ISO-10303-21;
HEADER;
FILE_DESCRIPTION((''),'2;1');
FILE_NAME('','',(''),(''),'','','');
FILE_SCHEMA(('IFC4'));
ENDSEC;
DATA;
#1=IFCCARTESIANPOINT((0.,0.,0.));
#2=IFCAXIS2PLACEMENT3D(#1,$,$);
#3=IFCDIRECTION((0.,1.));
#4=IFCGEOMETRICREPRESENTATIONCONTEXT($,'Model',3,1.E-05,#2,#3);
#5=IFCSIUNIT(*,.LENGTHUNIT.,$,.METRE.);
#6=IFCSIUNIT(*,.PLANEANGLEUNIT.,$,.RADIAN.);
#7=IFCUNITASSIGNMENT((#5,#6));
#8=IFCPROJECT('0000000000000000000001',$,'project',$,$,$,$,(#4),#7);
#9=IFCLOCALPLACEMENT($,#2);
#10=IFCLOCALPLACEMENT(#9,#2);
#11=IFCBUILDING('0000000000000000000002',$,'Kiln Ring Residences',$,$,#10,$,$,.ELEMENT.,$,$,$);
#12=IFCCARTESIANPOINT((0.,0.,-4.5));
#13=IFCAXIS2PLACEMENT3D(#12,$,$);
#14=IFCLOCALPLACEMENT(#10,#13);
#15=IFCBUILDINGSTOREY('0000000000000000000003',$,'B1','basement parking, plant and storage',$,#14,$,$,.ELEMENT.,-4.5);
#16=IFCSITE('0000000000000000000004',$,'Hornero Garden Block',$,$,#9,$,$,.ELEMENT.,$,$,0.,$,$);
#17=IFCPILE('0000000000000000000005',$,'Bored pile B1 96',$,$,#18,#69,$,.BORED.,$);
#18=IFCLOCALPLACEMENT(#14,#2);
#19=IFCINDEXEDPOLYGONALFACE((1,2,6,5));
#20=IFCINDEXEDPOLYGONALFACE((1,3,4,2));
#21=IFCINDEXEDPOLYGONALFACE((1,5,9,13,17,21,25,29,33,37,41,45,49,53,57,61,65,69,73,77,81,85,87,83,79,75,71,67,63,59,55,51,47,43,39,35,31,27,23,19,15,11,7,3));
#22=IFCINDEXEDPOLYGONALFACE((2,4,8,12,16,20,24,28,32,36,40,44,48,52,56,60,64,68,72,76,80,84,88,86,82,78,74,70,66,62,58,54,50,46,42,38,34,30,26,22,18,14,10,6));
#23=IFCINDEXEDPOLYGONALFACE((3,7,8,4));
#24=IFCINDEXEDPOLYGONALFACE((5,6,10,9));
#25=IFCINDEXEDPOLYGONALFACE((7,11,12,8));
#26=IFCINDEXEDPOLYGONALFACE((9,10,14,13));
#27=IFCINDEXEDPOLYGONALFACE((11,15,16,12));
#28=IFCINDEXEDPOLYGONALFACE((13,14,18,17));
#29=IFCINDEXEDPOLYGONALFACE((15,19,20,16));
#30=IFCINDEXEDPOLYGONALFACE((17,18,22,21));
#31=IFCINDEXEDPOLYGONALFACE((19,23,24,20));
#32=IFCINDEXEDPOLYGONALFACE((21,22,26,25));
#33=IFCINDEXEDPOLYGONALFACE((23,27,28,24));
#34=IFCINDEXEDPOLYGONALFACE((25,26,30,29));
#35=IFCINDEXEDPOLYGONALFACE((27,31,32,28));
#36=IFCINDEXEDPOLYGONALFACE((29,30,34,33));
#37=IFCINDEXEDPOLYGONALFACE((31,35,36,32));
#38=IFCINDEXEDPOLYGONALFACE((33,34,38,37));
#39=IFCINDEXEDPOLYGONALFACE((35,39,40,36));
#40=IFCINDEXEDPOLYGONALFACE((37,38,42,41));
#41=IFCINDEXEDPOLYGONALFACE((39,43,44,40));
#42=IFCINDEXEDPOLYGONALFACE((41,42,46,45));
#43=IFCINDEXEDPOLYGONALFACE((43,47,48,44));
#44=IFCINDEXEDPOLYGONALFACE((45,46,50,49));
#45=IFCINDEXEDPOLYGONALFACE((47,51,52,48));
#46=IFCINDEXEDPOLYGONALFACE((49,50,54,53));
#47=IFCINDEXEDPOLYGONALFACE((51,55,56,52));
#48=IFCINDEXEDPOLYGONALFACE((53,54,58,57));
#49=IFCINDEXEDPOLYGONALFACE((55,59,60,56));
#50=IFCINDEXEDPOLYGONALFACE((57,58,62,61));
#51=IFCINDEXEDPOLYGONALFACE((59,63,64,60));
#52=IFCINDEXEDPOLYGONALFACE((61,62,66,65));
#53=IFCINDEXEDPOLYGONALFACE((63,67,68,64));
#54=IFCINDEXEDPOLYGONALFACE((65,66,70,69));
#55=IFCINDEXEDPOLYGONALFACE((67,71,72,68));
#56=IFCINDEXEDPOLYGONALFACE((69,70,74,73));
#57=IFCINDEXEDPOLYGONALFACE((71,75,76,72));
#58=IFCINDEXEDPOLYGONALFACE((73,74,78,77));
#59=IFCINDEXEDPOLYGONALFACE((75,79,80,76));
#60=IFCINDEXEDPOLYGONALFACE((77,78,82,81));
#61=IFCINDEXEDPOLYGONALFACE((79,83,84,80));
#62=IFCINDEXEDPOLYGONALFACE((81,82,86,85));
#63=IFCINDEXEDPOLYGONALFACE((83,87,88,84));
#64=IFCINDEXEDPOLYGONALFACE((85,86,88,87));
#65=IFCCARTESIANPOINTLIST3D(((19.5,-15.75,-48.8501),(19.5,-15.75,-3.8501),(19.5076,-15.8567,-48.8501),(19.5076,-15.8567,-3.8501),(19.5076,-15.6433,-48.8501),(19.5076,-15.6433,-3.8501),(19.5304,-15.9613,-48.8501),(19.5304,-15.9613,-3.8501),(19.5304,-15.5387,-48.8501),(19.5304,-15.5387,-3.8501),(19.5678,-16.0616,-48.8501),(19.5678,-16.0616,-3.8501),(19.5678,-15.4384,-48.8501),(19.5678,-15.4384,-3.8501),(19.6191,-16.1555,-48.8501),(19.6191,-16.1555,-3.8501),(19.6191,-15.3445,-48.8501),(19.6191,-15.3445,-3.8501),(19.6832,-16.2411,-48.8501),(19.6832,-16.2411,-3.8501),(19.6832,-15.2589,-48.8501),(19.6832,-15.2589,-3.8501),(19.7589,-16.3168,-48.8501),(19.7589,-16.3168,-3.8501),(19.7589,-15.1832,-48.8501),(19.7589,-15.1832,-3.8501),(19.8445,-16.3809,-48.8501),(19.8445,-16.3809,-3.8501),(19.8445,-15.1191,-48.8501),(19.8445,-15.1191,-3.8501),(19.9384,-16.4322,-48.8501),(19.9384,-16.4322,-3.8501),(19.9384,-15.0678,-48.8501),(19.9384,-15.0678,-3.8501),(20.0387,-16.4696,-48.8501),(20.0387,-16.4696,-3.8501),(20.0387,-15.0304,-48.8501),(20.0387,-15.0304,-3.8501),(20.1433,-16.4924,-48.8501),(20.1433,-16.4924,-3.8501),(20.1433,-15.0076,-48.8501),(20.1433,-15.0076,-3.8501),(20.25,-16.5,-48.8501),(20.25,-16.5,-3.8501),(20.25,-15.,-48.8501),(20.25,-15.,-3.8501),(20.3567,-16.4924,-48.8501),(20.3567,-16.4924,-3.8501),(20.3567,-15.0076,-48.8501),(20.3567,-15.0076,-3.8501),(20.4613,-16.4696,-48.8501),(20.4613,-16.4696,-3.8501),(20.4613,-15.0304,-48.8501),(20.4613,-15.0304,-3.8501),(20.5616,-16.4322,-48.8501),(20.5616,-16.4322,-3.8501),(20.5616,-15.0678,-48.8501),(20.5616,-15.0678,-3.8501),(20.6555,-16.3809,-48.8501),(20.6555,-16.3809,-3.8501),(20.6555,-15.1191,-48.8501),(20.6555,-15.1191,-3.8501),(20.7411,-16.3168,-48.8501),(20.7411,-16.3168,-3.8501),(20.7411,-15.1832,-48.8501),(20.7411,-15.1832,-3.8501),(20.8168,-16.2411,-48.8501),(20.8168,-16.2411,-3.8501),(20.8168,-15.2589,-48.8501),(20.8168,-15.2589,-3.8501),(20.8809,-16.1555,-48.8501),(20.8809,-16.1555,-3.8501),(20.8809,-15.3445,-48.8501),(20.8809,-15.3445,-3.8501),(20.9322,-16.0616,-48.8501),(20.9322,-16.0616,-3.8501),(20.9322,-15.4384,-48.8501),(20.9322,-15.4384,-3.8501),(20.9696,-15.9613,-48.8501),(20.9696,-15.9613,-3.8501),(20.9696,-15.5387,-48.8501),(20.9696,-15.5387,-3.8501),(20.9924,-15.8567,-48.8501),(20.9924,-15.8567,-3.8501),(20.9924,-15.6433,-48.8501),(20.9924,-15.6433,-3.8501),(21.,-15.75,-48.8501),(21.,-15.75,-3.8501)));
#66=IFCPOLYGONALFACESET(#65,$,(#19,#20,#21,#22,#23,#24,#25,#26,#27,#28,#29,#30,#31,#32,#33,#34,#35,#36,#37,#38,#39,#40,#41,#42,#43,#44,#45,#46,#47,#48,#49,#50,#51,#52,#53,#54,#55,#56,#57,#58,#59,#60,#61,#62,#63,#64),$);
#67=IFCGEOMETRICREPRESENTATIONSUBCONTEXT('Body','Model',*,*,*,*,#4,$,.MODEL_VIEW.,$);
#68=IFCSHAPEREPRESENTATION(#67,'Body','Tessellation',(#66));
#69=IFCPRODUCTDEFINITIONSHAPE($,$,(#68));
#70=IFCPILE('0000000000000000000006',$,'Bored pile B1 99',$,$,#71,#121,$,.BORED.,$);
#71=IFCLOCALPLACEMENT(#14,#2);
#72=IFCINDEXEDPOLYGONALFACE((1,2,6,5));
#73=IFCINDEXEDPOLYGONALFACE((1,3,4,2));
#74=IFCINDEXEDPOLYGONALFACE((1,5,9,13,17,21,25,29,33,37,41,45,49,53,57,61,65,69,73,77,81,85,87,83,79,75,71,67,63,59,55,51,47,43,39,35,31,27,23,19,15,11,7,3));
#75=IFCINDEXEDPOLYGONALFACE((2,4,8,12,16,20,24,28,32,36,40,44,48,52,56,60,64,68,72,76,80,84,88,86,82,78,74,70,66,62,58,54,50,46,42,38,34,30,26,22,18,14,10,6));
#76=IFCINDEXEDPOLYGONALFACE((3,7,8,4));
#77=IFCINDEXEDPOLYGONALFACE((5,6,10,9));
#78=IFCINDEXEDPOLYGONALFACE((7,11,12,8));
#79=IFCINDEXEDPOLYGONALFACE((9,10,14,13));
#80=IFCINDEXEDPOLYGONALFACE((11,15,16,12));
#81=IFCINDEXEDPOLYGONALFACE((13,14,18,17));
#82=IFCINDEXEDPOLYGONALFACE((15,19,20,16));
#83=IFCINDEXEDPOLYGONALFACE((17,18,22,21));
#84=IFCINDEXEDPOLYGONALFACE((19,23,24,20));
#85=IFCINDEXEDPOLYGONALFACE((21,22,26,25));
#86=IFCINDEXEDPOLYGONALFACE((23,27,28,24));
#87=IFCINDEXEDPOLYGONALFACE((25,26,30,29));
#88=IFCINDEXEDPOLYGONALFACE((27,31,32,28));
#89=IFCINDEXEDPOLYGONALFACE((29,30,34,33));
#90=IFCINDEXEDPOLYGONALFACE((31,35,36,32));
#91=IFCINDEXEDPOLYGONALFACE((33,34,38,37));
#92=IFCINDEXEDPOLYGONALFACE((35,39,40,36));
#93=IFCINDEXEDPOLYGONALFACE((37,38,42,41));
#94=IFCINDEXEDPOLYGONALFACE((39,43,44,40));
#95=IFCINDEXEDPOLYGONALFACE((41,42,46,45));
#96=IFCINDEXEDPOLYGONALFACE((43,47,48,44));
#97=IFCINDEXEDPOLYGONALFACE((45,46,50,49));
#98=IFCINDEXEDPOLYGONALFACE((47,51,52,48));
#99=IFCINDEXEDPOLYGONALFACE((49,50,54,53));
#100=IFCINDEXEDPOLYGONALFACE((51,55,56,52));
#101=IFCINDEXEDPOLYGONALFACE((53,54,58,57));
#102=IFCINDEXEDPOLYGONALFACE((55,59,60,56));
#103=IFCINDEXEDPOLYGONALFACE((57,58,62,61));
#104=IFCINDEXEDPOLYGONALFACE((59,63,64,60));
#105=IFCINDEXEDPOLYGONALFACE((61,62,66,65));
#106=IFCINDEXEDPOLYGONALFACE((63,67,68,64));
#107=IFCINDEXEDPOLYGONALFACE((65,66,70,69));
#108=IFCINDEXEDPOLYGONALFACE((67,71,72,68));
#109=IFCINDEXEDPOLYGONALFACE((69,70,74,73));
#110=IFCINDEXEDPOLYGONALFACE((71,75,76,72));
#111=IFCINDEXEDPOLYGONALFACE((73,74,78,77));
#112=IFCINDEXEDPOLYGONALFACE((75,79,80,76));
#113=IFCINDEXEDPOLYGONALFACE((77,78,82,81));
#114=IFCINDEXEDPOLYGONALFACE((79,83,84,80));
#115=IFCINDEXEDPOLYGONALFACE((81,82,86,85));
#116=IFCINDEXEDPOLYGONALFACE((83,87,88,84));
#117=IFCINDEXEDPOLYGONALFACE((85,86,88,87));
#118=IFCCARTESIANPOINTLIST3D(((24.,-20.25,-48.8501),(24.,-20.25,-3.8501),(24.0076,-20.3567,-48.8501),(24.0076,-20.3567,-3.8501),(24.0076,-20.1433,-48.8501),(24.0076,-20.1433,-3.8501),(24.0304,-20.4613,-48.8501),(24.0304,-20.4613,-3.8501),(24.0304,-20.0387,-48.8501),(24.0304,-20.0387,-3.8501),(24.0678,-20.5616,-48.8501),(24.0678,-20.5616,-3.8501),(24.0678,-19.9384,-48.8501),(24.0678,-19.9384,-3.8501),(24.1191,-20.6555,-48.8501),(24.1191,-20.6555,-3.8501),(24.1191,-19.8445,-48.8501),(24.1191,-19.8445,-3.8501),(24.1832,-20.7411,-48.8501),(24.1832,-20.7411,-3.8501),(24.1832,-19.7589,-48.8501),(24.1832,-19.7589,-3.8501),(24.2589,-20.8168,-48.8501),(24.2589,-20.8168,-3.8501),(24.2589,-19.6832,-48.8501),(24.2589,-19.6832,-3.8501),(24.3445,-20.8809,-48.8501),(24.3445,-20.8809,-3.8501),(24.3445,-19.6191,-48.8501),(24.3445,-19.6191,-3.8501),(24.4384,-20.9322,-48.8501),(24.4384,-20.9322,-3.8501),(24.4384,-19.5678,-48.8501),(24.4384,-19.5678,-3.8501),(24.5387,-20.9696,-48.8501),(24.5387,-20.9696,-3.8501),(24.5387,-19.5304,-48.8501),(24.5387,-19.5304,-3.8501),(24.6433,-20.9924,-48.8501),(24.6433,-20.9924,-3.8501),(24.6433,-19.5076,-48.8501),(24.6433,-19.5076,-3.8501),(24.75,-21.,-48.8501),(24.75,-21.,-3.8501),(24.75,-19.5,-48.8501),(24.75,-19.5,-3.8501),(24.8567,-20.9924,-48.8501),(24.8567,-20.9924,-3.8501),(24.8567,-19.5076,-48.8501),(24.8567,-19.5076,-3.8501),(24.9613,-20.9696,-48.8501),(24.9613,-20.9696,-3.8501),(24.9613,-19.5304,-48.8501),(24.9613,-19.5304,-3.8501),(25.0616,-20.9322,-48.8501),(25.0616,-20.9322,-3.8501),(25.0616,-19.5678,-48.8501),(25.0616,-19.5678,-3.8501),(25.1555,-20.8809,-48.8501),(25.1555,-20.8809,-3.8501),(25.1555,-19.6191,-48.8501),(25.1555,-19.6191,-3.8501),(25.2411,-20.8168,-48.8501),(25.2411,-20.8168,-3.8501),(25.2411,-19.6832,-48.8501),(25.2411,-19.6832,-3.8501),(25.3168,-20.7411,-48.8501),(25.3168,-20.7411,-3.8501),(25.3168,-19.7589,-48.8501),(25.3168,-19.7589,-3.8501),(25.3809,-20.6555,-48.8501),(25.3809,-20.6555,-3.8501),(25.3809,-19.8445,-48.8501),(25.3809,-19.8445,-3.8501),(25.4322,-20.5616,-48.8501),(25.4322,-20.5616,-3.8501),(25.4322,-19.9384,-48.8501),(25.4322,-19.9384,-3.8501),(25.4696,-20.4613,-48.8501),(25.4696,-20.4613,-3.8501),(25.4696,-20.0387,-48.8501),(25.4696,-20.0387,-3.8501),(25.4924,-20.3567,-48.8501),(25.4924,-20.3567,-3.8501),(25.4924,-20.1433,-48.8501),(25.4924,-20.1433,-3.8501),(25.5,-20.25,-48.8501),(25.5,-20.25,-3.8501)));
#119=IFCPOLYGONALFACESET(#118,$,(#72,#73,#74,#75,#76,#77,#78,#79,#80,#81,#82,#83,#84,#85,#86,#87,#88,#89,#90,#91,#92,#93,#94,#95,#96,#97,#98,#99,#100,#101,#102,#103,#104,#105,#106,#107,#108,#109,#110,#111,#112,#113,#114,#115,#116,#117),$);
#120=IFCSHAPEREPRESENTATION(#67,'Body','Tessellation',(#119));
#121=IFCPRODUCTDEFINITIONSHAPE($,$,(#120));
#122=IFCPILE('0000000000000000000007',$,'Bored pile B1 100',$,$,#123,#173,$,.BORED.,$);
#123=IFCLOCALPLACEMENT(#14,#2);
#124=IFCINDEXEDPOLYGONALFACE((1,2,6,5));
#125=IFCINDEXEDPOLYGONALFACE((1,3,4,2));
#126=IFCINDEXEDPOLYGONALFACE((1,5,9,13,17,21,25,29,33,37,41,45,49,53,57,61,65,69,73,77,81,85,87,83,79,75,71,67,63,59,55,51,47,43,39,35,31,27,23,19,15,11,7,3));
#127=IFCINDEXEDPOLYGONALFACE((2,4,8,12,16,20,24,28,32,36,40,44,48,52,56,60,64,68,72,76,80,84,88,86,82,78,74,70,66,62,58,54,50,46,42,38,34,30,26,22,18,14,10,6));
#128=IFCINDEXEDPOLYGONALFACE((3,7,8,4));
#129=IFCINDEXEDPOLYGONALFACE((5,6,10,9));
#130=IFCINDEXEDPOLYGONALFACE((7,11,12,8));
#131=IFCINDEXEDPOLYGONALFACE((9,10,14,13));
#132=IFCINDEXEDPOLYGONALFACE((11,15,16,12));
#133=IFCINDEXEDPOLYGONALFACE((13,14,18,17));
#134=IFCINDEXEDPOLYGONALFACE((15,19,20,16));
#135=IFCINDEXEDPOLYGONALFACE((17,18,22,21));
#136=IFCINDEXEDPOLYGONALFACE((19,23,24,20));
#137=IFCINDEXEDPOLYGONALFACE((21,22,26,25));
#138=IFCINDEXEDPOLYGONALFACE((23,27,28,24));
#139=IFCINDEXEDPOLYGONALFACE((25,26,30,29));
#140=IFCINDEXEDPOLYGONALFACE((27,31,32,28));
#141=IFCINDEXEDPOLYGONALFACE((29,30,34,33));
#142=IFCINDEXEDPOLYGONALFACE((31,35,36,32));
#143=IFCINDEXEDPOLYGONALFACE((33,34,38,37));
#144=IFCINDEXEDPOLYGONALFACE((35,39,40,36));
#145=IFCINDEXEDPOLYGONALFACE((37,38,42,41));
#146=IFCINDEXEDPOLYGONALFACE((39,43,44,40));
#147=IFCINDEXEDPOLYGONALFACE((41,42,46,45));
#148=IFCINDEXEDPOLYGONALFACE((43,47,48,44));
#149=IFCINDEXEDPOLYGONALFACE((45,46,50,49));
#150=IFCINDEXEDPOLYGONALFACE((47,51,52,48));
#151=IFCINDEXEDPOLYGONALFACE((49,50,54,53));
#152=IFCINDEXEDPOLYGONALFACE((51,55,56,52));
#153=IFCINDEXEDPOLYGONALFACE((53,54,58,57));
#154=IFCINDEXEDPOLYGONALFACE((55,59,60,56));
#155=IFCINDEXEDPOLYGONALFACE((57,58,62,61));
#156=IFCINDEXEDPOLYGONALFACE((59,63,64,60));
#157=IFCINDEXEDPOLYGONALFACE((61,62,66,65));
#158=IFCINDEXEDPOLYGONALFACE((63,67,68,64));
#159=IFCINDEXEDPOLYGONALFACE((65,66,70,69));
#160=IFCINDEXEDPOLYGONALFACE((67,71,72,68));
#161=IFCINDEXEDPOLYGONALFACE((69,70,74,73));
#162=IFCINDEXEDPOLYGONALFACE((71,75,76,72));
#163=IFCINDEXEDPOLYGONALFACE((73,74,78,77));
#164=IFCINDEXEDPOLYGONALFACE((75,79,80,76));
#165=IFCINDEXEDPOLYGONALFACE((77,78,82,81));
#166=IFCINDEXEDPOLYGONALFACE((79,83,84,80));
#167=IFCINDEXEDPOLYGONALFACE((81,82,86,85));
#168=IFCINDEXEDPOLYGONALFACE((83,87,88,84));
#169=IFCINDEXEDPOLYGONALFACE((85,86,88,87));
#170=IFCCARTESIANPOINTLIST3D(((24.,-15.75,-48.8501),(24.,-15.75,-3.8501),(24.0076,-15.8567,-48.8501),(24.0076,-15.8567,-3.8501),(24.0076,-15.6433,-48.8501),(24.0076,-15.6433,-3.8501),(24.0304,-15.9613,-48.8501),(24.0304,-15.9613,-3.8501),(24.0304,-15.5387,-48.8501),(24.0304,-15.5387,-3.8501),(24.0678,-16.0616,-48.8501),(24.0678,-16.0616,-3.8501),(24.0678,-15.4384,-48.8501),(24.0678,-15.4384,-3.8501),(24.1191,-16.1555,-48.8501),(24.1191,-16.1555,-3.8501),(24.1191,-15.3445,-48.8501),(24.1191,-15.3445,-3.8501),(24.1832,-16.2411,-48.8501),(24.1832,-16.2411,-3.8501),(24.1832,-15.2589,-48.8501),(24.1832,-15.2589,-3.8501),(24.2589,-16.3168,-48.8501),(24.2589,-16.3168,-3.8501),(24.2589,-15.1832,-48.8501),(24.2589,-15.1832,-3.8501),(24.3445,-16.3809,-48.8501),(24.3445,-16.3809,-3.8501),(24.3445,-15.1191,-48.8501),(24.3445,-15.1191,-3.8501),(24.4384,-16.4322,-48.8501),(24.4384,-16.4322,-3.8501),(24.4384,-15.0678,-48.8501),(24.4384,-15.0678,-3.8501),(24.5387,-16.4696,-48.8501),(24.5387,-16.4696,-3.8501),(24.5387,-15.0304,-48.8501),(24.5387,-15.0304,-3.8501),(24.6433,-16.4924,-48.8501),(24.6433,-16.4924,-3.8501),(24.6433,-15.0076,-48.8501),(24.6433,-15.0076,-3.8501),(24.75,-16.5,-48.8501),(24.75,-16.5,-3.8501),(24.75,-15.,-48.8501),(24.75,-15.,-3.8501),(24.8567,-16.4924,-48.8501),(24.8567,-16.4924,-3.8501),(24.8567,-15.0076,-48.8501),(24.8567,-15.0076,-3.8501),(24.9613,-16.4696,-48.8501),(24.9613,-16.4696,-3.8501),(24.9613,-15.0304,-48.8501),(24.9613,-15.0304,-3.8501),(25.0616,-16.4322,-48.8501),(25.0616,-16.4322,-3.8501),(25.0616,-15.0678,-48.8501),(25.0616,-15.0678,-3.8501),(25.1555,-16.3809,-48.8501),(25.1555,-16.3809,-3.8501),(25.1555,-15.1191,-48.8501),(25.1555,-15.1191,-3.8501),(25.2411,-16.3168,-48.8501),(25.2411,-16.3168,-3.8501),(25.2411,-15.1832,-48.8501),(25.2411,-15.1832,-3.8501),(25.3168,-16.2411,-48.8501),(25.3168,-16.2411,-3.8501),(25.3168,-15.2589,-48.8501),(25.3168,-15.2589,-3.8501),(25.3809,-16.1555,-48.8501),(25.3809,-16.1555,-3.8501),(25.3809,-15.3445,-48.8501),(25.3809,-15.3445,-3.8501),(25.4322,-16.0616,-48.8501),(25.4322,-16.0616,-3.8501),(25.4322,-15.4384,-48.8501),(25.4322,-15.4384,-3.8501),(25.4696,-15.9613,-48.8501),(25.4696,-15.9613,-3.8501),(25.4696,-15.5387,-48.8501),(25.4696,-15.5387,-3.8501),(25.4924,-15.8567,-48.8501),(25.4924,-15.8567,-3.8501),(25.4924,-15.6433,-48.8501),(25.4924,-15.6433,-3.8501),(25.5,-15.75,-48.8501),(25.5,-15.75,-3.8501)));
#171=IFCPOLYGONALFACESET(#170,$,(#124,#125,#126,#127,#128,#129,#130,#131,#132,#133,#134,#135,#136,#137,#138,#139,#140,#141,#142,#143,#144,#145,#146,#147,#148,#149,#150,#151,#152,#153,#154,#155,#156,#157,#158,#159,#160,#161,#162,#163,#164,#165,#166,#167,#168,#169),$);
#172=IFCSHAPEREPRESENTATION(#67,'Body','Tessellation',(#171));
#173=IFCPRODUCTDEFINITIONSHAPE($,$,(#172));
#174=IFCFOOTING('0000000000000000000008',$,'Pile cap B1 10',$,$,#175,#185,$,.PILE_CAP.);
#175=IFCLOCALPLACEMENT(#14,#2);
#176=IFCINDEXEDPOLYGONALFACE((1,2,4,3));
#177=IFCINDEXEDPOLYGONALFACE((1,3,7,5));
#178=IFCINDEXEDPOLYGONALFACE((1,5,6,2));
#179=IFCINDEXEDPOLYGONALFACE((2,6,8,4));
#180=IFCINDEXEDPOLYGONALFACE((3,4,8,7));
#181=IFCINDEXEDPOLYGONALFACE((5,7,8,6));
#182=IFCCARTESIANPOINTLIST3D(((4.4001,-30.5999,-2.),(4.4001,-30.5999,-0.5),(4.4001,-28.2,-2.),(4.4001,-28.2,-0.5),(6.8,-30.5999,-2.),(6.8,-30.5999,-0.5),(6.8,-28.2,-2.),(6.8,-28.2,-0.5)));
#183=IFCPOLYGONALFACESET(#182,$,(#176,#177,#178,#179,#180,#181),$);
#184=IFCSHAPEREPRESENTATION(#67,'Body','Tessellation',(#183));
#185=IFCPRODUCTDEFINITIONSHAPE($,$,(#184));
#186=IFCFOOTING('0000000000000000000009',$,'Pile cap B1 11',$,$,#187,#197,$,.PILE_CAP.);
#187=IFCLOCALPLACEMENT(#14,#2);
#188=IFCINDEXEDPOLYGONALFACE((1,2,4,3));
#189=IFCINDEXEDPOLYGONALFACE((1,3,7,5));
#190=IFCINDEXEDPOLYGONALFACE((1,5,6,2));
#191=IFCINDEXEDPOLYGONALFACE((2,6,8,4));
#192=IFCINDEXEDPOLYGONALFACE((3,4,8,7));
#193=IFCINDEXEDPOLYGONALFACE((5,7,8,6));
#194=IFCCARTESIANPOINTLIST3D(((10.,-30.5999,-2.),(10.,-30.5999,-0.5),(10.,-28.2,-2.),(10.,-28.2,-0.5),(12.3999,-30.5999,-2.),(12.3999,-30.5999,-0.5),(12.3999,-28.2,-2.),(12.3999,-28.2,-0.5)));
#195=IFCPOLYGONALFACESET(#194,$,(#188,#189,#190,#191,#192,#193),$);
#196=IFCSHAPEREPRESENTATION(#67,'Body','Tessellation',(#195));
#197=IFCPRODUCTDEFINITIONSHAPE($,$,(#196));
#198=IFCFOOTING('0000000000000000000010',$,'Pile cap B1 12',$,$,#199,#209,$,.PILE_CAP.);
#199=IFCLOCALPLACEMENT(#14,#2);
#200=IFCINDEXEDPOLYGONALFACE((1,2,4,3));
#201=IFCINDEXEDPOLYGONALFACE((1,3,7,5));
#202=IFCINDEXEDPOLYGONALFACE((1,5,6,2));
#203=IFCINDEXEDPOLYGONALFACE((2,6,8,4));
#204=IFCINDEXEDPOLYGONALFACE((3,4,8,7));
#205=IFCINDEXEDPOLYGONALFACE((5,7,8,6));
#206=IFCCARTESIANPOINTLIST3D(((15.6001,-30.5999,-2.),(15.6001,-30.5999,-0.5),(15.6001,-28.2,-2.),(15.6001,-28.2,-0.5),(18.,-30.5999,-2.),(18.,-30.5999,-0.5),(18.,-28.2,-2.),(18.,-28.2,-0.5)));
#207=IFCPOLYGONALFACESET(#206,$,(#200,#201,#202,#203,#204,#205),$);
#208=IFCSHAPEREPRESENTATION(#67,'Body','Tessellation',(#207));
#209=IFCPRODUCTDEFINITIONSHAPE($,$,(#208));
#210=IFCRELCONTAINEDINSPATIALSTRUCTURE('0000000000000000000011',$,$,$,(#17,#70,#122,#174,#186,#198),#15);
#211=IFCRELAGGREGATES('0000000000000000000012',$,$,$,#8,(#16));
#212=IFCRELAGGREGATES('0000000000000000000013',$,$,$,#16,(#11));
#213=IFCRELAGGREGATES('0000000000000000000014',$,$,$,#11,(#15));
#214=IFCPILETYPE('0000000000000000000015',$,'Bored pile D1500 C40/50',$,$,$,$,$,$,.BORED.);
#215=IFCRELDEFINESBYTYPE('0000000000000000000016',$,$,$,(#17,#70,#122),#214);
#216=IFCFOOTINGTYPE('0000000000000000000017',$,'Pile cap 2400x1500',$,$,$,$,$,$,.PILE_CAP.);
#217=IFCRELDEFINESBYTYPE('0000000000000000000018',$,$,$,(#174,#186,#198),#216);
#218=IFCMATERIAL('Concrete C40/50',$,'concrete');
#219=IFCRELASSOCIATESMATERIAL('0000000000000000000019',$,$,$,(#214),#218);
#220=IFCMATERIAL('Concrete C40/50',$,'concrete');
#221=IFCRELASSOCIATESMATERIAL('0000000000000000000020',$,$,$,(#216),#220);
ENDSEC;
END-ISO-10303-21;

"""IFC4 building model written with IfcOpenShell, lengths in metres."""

from ifc_helpers import new_model, si_unit, direction, frame, origin, origin_2d, place, context, subcontext, project, spatial, rectangle, circle, extrude, material, material_profile, profile_set, type_object, element, save


model = new_model("IFC4")

# Units and contexts
model_context = context("Model", 3, precision=1e-05, world=origin(), true_north=direction((0.0, 1.0)))
body_context = subcontext(model_context, "Body", "Model", "MODEL_VIEW")
ifc_project = project(units=[si_unit("LENGTHUNIT", "METRE"), si_unit("PLANEANGLEUNIT", "RADIAN")], contexts=[model_context])

# Site, building, storey
site_placement = place(None, origin())
site = spatial("IfcSite", under=ifc_project, at=site_placement, Name="Hornero Garden Block", CompositionType="ELEMENT", RefElevation=0.0)
building_placement = place(site_placement, origin())
building = spatial("IfcBuilding", under=site, at=building_placement, Name="Kiln Ring Residences", CompositionType="ELEMENT")
storey_placement = place(building_placement, frame((0.0, 0.0, -4.5)))
storey = spatial("IfcBuildingStorey", under=building, at=storey_placement, Name="B1", Description="basement parking, plant and storage", CompositionType="ELEMENT", Elevation=-4.5)

# Piles
ifc_material_1 = material(Name="Concrete C40/50", Category="concrete")
ifc_material_profile = material_profile(ifc_material_1, circle(Radius=0.75, at=origin_2d()), Name="BORED1500")
ifc_profile_set = profile_set([ifc_material_profile], Name="Concrete C40/50")
pile_type = type_object("IfcPileType", Name="Bored pile D1500 C40/50", PredefinedType="BORED", material=ifc_profile_set)
for number, where, z_axis, x_axis, name in (
    (1, (20.25, -15.75, -3.8501), (0.0, 0.0, -1.0), (1.0, 0.0, 0.0), "Bored pile B1 96"),
    (2, (24.75, -20.25, -3.8501), (0.0, 0.0, -1.0), (1.0, 0.0, 0.0), "Bored pile B1 99"),
    (3, (24.75, -15.75, -3.8501), (0.0, 0.0, -1.0), (1.0, 0.0, 0.0), "Bored pile B1 100"),
):
    element("IfcPile", number, at=place(storey_placement, frame(where, z_axis=z_axis, x_axis=x_axis)), inside=storey, type_object=pile_type, Name=name, PredefinedType="BORED", context=body_context, shape_type="SweptSolid", body=[
        extrude(circle(Radius=0.75, at=origin_2d()), origin(), (0.0, 0.0, 1.0), 45.0),
    ])

# Footings
ifc_material_2 = material(Name="Concrete C40/50", Category="concrete")
footing_type = type_object("IfcFootingType", Name="Pile cap 2400x1500", PredefinedType="PILE_CAP", material=ifc_material_2)
for number, where, z_axis, x_axis, name in (
    (4, (5.6001, -29.3999, -2.0), (0.0, 0.0, 1.0), (1.0, 0.0, 0.0), "Pile cap B1 10"),
    (5, (11.2, -29.3999, -2.0), (0.0, 0.0, 1.0), (1.0, 0.0, 0.0), "Pile cap B1 11"),
    (6, (16.8, -29.3999, -2.0), (0.0, 0.0, 1.0), (1.0, 0.0, 0.0), "Pile cap B1 12"),
):
    element("IfcFooting", number, at=place(storey_placement, frame(where, z_axis=z_axis, x_axis=x_axis)), inside=storey, type_object=footing_type, Name=name, PredefinedType="PILE_CAP", context=body_context, shape_type="SweptSolid", body=[
        extrude(rectangle(XDim=2.3999, YDim=2.3999, at=origin_2d()), origin(), (0.0, 0.0, 1.0), 1.5),
    ])

save(model, "model.ifc")
